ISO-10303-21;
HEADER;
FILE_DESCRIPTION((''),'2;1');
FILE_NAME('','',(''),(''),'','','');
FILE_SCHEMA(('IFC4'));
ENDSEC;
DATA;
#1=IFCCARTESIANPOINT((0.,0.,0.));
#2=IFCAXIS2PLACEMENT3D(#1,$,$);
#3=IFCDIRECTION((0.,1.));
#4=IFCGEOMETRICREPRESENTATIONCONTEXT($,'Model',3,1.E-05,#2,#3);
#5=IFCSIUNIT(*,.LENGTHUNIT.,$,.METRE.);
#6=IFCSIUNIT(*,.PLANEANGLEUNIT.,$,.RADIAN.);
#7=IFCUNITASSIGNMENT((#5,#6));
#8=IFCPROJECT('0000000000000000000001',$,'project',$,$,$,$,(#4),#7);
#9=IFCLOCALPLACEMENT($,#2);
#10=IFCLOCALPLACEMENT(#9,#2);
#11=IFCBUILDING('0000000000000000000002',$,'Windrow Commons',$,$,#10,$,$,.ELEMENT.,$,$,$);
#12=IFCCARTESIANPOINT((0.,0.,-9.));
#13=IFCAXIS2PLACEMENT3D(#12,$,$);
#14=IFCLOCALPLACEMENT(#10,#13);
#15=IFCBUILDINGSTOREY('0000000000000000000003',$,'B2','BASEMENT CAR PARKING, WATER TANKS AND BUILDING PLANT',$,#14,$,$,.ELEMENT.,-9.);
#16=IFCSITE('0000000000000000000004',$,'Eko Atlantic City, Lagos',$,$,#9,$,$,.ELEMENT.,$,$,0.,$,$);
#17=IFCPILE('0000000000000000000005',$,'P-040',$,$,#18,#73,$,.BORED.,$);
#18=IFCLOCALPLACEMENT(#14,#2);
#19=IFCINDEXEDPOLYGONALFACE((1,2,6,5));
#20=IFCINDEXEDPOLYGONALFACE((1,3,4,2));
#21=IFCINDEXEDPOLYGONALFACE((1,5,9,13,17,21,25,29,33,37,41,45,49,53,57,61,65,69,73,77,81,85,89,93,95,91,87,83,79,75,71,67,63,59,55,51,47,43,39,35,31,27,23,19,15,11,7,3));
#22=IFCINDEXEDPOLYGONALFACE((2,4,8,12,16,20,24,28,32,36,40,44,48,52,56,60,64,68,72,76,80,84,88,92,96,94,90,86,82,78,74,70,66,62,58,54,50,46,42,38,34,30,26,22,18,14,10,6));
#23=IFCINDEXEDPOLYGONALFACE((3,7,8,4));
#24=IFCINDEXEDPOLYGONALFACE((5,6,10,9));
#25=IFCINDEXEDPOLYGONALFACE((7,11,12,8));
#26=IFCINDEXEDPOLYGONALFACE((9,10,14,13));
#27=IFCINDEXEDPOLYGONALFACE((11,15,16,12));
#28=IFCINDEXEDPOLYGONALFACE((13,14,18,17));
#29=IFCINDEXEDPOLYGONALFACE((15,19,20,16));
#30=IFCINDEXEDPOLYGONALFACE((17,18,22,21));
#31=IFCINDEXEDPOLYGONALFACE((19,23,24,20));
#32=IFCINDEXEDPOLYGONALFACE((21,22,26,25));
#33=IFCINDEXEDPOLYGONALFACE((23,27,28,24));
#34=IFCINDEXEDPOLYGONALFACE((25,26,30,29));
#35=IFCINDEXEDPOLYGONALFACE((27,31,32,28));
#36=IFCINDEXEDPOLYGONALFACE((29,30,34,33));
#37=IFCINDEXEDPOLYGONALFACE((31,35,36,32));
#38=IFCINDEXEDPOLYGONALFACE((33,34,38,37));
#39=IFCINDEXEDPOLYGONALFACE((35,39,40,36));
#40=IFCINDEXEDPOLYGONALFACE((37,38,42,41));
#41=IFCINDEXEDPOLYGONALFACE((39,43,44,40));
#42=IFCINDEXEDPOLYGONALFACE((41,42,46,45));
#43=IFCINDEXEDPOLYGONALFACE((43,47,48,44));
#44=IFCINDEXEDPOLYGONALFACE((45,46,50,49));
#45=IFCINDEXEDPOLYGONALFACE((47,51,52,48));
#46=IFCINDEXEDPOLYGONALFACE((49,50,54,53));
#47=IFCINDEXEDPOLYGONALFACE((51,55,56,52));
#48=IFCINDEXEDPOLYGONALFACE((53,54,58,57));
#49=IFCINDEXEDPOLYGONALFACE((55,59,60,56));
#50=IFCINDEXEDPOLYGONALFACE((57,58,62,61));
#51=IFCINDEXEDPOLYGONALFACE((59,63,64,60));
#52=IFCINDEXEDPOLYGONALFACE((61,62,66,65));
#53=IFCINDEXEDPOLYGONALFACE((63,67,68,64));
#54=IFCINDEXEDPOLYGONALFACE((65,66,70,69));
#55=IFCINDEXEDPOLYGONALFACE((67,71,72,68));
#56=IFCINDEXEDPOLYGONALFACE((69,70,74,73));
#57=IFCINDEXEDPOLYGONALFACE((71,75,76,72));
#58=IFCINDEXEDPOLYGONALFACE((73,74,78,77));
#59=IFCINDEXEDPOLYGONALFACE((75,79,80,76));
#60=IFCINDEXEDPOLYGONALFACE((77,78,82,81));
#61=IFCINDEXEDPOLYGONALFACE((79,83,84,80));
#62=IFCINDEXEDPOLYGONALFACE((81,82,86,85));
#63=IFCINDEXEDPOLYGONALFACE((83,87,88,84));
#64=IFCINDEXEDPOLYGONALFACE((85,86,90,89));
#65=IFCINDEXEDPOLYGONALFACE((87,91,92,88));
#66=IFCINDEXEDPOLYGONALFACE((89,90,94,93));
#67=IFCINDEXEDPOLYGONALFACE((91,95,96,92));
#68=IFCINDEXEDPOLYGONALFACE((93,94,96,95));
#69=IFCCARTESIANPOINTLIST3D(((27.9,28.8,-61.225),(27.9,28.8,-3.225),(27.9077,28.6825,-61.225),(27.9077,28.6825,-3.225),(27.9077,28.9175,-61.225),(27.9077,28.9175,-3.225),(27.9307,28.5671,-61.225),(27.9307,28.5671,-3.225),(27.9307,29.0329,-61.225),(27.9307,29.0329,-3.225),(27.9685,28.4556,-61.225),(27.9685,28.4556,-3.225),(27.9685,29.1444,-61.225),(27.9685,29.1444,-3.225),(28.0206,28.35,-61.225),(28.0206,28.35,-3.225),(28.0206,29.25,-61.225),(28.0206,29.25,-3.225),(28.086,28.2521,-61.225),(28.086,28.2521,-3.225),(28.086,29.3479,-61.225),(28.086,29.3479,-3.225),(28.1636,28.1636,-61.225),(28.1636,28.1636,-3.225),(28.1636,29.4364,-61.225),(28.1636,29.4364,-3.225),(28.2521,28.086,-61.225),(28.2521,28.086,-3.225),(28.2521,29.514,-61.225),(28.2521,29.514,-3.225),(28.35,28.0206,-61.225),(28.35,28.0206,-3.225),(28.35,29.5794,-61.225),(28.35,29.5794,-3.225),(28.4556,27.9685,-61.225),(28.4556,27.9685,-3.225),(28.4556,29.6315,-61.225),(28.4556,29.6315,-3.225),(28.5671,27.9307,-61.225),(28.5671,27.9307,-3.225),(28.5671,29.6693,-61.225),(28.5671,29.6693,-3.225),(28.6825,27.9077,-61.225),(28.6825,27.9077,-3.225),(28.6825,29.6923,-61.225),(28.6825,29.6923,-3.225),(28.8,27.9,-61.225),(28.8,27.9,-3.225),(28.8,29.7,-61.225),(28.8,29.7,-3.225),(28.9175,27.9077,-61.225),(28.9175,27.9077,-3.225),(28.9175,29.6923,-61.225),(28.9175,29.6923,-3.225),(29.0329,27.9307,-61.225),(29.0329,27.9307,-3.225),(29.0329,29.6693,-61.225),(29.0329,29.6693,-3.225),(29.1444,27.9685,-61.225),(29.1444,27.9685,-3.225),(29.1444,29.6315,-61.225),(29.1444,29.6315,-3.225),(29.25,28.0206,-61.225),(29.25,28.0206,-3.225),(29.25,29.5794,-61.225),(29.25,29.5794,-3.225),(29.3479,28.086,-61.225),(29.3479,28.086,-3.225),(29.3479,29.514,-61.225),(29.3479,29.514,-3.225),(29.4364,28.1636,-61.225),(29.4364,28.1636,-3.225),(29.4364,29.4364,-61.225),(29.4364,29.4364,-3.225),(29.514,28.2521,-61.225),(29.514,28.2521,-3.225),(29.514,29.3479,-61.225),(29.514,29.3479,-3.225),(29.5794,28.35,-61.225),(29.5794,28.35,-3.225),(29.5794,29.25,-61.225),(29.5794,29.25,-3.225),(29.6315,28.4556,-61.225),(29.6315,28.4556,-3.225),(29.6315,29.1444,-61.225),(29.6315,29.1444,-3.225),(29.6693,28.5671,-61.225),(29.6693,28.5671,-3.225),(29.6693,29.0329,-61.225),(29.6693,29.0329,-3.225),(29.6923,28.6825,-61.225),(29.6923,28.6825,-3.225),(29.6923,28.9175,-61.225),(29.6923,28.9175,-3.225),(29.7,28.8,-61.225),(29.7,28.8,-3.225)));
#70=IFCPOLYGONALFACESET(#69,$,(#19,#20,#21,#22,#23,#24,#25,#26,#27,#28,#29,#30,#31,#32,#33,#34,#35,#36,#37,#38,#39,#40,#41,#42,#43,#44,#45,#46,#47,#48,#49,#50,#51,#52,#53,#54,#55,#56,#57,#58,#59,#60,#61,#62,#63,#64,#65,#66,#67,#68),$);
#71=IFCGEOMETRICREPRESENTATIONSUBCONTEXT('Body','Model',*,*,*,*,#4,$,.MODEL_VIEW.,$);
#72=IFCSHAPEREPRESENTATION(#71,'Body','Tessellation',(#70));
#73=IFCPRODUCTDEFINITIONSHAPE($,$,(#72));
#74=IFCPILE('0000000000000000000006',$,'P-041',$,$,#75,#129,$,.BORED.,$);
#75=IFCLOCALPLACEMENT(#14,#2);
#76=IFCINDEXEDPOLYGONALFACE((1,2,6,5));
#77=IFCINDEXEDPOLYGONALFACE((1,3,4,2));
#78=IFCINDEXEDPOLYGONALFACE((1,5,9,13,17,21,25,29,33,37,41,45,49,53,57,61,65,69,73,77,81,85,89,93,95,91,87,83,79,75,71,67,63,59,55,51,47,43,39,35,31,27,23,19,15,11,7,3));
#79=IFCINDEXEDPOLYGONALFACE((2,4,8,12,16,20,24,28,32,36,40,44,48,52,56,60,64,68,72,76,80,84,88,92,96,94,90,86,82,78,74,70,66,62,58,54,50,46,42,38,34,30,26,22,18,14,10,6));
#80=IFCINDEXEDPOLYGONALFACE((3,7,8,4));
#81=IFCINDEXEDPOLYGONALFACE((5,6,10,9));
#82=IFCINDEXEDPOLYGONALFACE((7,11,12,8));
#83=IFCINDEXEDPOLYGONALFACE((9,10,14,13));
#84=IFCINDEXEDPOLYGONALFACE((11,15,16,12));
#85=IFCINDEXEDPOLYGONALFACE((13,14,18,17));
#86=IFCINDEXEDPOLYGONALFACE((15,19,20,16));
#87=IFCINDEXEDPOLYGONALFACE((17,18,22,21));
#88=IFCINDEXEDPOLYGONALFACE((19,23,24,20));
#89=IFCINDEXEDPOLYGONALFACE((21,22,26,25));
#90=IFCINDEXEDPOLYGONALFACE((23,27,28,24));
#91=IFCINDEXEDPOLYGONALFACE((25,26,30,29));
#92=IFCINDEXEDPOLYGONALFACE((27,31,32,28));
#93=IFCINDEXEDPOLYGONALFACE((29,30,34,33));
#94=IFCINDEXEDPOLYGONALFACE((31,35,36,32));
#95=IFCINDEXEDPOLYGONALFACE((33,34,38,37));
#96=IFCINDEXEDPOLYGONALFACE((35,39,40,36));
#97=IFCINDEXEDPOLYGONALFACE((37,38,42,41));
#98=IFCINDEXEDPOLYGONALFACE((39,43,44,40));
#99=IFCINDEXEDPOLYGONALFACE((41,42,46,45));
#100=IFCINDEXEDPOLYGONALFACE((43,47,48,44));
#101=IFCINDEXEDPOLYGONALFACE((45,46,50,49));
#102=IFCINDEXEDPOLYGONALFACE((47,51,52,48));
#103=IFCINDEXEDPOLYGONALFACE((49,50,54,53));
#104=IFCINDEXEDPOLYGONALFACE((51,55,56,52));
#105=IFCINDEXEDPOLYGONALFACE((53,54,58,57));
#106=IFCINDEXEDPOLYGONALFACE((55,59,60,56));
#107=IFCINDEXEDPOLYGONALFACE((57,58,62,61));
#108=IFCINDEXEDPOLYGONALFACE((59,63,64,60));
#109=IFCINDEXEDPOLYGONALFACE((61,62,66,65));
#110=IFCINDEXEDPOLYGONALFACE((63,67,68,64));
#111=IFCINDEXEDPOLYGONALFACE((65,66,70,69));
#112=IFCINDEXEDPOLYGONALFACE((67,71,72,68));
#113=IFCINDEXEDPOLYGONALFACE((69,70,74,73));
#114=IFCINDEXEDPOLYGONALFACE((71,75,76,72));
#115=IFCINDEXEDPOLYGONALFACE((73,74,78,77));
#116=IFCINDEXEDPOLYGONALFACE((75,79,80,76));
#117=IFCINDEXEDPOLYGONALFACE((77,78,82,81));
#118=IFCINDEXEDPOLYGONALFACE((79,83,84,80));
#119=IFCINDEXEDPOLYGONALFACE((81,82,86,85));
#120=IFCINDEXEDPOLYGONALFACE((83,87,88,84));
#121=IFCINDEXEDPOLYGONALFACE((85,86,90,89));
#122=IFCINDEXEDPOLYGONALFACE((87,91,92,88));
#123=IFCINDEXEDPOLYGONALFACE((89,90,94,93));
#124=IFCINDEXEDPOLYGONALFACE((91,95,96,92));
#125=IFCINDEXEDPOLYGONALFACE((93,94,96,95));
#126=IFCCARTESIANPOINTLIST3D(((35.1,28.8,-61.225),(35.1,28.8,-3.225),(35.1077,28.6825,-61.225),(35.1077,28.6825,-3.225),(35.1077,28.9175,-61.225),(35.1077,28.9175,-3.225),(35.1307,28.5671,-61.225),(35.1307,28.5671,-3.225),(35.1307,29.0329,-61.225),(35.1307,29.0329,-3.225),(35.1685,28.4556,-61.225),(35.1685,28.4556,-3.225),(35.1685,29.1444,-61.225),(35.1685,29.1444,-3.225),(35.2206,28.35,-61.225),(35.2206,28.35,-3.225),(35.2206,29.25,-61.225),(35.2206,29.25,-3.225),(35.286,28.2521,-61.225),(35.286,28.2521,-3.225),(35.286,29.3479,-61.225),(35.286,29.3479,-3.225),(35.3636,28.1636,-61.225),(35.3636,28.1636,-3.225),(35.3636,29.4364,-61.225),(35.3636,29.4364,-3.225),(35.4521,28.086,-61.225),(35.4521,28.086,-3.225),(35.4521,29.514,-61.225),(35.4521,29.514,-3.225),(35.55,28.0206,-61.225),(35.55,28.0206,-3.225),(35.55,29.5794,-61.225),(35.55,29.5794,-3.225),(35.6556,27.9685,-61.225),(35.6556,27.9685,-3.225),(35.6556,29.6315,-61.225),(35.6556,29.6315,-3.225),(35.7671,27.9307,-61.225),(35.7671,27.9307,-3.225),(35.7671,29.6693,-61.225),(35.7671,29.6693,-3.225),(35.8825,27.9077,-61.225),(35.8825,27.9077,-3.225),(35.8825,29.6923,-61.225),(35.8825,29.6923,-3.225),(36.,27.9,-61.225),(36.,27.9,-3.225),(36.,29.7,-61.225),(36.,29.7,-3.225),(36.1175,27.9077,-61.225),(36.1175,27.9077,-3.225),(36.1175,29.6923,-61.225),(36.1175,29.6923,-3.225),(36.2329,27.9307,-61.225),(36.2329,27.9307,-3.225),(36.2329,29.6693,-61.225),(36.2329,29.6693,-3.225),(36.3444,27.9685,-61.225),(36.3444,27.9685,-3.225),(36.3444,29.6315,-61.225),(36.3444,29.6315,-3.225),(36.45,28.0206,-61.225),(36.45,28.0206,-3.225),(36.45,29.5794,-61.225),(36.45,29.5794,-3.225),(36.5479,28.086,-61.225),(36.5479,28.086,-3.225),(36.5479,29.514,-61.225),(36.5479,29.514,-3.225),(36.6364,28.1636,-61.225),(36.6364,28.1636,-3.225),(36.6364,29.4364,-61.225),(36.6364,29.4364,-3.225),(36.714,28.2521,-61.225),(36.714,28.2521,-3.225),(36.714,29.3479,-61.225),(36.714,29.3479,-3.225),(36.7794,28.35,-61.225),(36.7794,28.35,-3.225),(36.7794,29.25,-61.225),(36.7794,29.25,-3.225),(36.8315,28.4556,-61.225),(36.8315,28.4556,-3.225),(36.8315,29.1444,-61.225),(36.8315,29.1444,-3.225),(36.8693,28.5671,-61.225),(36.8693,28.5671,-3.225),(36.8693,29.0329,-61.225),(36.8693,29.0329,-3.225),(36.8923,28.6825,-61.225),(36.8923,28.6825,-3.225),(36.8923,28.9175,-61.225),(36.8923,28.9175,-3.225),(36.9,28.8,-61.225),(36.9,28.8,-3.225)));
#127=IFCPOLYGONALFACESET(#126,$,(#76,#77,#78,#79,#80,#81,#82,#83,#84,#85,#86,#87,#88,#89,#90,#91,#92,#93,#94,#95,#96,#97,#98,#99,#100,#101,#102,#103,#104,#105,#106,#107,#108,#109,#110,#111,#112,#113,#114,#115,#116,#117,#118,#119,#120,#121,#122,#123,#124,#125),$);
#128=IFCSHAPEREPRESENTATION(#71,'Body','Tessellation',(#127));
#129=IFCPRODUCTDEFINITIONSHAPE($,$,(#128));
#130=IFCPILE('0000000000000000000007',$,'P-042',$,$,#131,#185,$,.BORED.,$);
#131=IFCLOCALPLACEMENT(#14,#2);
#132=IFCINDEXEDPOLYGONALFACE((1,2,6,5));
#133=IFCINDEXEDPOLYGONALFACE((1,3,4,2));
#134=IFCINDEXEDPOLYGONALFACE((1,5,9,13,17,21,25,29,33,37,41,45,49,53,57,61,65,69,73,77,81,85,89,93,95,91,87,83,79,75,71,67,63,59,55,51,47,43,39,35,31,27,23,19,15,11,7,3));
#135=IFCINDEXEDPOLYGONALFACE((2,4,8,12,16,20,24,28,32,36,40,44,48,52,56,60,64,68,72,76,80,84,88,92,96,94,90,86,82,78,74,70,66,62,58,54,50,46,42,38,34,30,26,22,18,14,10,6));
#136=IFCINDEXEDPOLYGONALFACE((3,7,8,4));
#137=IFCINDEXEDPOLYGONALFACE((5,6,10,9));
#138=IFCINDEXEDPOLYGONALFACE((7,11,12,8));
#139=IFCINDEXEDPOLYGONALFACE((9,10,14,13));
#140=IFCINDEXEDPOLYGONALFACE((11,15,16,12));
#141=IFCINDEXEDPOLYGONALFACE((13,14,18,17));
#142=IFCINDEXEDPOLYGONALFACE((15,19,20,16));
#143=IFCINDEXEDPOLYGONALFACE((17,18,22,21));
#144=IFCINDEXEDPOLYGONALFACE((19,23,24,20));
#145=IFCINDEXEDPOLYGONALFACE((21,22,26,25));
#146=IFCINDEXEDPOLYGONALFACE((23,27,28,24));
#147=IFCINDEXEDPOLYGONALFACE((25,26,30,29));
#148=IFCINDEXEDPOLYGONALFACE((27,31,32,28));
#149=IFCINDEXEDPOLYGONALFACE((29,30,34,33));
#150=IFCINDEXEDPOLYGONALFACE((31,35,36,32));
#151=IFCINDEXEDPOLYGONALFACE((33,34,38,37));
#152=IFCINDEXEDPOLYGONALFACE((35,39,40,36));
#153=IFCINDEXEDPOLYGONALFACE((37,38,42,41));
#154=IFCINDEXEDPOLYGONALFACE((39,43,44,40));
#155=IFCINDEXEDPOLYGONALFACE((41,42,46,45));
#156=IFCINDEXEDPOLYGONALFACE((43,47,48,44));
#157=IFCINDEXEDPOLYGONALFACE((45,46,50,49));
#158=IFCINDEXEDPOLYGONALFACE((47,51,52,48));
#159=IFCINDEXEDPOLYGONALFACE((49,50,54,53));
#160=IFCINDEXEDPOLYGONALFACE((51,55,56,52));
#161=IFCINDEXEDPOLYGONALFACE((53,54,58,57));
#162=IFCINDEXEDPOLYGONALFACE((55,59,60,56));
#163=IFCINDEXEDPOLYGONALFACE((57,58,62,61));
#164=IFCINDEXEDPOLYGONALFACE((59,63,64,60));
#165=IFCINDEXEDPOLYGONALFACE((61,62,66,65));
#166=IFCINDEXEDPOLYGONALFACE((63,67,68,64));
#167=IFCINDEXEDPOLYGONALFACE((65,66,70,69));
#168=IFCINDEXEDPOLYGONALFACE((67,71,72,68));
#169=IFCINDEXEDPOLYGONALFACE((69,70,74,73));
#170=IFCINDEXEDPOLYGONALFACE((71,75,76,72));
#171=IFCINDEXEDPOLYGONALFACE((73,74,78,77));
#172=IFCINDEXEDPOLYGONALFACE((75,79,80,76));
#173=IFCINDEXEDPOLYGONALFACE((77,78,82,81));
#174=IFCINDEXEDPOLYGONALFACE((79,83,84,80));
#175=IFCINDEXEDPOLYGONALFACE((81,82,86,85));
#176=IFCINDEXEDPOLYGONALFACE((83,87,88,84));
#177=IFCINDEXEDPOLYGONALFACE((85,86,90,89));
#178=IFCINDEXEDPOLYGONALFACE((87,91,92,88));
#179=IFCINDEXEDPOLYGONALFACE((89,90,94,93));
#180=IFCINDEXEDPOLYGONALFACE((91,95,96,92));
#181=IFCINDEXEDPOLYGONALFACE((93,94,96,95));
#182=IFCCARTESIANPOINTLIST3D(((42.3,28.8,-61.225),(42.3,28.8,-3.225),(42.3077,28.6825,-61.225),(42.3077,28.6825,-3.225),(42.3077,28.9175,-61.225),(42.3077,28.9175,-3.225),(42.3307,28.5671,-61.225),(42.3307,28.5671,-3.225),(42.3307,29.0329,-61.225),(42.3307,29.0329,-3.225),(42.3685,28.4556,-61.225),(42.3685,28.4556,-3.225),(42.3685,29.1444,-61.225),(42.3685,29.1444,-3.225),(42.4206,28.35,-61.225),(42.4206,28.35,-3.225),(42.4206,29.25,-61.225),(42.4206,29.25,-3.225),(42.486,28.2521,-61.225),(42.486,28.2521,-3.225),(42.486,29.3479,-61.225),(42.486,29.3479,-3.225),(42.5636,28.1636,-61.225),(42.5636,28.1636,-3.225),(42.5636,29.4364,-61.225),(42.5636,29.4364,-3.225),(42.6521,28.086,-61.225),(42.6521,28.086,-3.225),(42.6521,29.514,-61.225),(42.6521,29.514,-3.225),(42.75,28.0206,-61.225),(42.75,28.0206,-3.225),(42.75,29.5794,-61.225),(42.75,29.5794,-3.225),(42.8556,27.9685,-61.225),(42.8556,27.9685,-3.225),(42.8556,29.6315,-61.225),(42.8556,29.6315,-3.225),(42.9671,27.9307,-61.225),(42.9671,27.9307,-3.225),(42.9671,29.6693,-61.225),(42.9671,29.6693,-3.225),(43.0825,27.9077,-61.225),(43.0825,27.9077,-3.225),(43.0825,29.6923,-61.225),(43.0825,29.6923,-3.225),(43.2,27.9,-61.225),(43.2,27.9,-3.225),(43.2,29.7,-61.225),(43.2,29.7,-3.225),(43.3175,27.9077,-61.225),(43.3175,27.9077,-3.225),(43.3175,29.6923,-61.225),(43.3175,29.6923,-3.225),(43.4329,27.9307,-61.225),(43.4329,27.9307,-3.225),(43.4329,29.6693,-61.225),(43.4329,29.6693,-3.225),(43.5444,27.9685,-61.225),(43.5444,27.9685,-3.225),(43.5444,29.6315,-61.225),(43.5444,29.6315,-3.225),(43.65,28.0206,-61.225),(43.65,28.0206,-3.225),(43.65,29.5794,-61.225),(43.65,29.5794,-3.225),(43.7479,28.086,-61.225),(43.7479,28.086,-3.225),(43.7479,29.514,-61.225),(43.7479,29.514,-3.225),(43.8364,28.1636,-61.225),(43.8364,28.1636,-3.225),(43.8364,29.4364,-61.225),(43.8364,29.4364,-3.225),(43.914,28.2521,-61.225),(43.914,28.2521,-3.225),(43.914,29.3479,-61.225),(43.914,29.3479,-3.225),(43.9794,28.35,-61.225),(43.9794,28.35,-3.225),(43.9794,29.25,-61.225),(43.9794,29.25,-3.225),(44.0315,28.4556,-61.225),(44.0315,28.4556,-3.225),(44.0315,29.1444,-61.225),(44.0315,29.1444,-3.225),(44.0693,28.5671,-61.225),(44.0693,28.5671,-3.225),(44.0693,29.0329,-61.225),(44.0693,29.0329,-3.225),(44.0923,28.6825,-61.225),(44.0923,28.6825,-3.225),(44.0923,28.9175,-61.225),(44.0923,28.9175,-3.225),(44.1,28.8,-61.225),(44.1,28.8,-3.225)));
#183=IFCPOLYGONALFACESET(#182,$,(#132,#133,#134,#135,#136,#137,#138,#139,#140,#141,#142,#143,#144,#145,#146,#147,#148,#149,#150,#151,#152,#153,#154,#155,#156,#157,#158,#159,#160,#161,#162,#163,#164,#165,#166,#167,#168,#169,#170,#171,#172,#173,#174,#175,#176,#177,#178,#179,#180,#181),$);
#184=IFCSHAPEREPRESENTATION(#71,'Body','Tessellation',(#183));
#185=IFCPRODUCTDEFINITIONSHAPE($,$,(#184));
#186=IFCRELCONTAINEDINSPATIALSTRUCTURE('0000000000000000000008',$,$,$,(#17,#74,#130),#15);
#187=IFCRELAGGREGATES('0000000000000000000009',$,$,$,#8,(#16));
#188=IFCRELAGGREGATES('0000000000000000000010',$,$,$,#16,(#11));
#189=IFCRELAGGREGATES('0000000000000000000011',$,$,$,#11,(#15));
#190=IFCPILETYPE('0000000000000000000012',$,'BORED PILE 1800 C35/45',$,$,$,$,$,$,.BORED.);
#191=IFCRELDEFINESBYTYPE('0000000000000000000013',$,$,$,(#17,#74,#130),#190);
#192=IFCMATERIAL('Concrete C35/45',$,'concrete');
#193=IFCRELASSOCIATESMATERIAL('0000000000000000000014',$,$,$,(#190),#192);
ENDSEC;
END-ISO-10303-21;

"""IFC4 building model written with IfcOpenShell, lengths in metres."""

from ifc_helpers import new_model, si_unit, direction, frame, origin, origin_2d, place, context, subcontext, project, spatial, circle, extrude, material, material_profile, profile_set, type_object, element, save


model = new_model("IFC4")

# Units and contexts
model_context = context("Model", 3, precision=1e-05, world=origin(), true_north=direction((0.0, 1.0)))
body_context = subcontext(model_context, "Body", "Model", "MODEL_VIEW")
ifc_project = project(units=[si_unit("LENGTHUNIT", "METRE"), si_unit("PLANEANGLEUNIT", "RADIAN")], contexts=[model_context])

# Site, building, storey
site_placement = place(None, origin())
site = spatial("IfcSite", under=ifc_project, at=site_placement, Name="Eko Atlantic City, Lagos", CompositionType="ELEMENT", RefElevation=0.0)
building_placement = place(site_placement, origin())
building = spatial("IfcBuilding", under=site, at=building_placement, Name="Windrow Commons", CompositionType="ELEMENT")
storey_placement = place(building_placement, frame((0.0, 0.0, -9.0)))
storey = spatial("IfcBuildingStorey", under=building, at=storey_placement, Name="B2", Description="BASEMENT CAR PARKING, WATER TANKS AND BUILDING PLANT", CompositionType="ELEMENT", Elevation=-9.0)

# Piles
ifc_material_1 = material(Name="Concrete C35/45", Category="concrete")
ifc_material_profile_1 = material_profile(ifc_material_1, circle(Radius=0.9, at=origin_2d()))
ifc_profile_set_1 = profile_set([ifc_material_profile_1], Name="Concrete C35/45")
pile_type = type_object("IfcPileType", Name="BORED PILE 1800 C35/45", PredefinedType="BORED", material=ifc_profile_set_1)
for number, where, z_axis, x_axis, name in (
    (1, (28.8, 28.8, -3.225), (0.0, 0.0, -1.0), (1.0, 0.0, 0.0), "P-040"),
    (2, (36.0, 28.8, -3.225), (0.0, 0.0, -1.0), (1.0, 0.0, 0.0), "P-041"),
    (3, (43.2, 28.8, -3.225), (0.0, 0.0, -1.0), (1.0, 0.0, 0.0), "P-042"),
):
    element("IfcPile", number, at=place(storey_placement, frame(where, z_axis=z_axis, x_axis=x_axis)), inside=storey, type_object=pile_type, Name=name, PredefinedType="BORED", context=body_context, shape_type="SweptSolid", body=[
        extrude(circle(Radius=0.9, at=origin_2d()), origin(), (0.0, 0.0, 1.0), 58.0),
    ])

save(model, "model.ifc")
